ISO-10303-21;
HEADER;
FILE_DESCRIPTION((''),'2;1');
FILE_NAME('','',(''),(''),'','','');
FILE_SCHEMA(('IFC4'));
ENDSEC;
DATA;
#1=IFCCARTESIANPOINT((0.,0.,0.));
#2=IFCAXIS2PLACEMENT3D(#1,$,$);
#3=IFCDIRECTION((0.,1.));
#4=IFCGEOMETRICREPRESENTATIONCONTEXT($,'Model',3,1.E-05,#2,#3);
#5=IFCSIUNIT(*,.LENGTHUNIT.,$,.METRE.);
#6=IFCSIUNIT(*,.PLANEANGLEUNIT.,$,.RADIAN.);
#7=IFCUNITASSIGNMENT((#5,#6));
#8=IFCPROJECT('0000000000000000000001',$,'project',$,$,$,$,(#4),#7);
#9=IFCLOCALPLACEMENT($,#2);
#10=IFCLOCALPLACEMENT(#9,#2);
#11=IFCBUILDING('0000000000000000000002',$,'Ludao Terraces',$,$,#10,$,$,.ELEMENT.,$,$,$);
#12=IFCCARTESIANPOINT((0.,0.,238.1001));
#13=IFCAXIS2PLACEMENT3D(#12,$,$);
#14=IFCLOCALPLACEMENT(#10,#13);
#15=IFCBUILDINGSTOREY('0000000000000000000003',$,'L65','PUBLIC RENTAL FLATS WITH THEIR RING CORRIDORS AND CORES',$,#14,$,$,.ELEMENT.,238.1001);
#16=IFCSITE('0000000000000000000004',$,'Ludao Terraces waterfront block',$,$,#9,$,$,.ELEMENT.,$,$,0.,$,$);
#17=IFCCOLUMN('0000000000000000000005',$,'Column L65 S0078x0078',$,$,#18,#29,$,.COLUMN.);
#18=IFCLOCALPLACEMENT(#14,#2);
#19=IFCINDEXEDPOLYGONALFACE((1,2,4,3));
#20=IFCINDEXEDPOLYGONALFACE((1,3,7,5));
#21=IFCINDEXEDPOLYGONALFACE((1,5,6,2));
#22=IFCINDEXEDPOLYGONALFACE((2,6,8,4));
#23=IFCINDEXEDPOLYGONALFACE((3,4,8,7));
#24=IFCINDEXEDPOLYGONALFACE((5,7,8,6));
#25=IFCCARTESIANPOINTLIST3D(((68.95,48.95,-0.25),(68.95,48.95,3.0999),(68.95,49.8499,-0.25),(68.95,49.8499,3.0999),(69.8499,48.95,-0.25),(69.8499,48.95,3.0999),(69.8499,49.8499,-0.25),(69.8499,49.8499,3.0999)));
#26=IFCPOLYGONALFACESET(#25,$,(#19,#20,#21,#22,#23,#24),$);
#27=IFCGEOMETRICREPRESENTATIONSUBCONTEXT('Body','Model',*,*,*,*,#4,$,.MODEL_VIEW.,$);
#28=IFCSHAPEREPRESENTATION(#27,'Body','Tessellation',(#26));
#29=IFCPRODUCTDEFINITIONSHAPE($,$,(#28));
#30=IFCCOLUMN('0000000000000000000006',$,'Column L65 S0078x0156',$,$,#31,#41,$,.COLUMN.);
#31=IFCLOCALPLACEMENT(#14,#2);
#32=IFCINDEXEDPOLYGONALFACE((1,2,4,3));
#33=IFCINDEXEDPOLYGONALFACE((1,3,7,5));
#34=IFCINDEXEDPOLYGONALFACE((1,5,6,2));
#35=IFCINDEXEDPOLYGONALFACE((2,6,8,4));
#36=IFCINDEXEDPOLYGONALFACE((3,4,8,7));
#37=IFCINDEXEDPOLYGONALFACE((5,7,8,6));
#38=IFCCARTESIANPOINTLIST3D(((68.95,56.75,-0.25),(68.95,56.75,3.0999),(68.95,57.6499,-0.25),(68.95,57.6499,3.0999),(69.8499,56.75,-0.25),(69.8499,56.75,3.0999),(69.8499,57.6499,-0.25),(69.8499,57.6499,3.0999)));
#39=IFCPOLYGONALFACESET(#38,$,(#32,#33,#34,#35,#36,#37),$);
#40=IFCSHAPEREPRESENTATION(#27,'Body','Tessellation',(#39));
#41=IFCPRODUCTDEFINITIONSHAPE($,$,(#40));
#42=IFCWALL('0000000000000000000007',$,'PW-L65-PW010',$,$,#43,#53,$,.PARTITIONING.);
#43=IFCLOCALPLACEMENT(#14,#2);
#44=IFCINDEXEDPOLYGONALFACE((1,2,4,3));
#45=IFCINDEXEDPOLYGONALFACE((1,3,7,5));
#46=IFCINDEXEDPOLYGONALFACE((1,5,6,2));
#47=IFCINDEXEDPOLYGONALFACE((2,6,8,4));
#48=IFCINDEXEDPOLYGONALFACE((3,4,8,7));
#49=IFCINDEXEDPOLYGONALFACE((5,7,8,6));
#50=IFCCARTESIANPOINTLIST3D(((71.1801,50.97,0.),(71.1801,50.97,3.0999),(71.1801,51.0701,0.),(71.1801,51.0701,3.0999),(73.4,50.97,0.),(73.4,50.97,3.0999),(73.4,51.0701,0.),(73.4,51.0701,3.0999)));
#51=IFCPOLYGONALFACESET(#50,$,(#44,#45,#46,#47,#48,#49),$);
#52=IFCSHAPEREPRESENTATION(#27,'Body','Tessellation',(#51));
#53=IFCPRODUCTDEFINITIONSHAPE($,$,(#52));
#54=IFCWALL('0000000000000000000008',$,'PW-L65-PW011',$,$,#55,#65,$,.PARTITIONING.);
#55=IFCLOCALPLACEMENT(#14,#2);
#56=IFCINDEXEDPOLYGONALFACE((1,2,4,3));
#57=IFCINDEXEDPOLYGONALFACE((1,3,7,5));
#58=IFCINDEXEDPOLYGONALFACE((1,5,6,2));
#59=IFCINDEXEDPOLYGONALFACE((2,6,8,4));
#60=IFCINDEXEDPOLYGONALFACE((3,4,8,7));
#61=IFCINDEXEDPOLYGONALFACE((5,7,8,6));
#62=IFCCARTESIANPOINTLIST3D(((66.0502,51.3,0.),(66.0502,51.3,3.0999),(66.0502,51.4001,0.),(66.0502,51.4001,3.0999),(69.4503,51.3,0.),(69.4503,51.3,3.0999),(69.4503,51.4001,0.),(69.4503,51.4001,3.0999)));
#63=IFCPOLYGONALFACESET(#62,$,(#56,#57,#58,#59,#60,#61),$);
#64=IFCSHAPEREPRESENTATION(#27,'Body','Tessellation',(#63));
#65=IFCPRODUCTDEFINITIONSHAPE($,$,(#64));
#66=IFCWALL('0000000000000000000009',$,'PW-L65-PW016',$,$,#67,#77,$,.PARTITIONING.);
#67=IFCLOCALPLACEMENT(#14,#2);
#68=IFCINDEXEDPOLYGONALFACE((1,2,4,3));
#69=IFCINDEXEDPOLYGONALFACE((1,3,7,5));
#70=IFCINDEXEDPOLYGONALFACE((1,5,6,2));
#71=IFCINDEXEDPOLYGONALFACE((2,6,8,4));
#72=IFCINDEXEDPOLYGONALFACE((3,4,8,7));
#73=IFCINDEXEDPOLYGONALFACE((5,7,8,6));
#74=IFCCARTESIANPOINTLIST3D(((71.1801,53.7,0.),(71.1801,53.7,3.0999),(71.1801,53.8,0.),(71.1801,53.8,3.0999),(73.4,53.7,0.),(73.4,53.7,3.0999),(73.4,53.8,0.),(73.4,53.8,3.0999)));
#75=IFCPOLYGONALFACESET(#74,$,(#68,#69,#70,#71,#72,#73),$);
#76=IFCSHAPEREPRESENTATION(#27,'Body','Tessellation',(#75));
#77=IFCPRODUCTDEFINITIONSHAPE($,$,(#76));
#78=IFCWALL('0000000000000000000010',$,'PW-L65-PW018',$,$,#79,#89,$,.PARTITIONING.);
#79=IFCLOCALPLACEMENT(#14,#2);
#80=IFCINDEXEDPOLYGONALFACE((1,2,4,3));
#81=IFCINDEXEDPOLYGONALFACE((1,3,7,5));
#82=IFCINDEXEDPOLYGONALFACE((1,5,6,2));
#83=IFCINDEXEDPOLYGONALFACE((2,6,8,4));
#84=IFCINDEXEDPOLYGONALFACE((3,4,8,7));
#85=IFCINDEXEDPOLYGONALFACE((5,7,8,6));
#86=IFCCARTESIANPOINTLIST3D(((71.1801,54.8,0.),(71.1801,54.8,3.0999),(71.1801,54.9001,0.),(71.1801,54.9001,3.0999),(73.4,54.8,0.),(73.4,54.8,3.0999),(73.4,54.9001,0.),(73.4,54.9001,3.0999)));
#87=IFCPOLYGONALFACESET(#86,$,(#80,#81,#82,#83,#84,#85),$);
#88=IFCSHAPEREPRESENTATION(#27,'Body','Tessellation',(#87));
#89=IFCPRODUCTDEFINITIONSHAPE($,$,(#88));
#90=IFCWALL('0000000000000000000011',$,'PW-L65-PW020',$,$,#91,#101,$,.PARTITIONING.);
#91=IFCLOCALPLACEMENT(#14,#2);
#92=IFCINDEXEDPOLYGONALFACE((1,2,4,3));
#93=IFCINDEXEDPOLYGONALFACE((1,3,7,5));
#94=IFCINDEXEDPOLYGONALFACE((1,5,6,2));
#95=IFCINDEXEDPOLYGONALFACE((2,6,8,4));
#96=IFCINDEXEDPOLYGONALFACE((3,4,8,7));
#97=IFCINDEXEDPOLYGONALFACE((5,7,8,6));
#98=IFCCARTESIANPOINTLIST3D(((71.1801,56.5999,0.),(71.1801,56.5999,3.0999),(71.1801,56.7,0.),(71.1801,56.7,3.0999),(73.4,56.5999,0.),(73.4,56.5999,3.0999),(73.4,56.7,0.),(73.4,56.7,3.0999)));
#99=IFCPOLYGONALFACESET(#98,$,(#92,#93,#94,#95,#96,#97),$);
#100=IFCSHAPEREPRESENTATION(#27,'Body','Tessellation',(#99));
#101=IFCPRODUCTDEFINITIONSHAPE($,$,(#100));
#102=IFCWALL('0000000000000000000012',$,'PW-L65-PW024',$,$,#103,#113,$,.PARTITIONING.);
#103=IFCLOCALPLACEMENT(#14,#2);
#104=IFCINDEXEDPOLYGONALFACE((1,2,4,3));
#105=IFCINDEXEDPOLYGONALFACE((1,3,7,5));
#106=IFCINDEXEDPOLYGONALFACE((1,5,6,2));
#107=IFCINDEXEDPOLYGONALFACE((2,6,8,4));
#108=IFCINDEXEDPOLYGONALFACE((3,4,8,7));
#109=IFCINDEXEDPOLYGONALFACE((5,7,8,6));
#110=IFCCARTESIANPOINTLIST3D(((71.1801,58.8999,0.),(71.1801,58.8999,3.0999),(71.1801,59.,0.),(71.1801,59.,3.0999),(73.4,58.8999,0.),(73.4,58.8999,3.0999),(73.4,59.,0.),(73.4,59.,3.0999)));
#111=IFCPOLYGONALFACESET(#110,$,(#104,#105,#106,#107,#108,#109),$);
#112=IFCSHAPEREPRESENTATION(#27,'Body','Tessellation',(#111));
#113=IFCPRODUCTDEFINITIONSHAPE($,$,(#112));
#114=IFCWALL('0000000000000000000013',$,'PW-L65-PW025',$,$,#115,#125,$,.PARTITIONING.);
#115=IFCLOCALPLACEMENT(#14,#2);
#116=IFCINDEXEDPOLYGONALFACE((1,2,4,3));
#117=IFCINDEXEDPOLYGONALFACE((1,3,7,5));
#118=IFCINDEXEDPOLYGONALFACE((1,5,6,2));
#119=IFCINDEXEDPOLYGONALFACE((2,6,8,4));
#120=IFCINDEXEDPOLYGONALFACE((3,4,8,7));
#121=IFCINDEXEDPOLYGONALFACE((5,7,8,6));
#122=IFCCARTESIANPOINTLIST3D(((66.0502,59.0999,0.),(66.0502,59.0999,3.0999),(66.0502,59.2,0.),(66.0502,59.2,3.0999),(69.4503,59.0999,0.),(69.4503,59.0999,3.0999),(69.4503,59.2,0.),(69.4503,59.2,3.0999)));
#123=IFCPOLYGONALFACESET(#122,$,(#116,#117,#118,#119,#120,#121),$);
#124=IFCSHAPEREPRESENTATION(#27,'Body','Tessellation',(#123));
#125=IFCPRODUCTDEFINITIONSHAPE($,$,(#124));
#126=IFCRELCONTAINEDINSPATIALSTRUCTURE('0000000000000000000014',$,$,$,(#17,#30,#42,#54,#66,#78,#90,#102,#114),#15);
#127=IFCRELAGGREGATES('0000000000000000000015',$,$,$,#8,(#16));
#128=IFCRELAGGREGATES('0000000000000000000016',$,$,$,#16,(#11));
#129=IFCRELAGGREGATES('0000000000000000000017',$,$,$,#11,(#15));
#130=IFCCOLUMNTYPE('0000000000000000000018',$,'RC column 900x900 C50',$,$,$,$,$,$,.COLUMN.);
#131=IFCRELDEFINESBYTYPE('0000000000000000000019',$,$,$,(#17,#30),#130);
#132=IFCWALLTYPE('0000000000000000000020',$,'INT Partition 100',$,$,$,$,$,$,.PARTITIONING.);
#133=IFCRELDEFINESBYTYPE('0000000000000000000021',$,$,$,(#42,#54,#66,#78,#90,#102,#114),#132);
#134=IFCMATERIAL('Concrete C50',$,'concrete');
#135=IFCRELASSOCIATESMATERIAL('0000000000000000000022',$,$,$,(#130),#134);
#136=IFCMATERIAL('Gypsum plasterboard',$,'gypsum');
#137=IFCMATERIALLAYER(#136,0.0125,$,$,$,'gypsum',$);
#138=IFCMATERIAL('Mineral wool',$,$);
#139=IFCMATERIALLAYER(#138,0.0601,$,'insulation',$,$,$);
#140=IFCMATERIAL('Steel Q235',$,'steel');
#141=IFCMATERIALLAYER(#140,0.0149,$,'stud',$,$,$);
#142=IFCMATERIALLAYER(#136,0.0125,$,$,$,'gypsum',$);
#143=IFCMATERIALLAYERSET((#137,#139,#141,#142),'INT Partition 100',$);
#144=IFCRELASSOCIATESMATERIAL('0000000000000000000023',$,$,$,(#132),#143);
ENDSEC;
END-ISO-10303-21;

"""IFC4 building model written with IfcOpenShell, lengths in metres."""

from ifc_helpers import new_model, si_unit, direction, frame, frame_2d, origin, origin_2d, place, context, subcontext, project, spatial, rectangle, extrude, material, layer, layer_set, material_profile, profile_set, type_object, element, save


model = new_model("IFC4")

# Units and contexts
model_context = context("Model", 3, precision=1e-05, world=origin(), true_north=direction((0.0, 1.0)))
body_context = subcontext(model_context, "Body", "Model", "MODEL_VIEW")
ifc_project = project(units=[si_unit("LENGTHUNIT", "METRE"), si_unit("PLANEANGLEUNIT", "RADIAN")], contexts=[model_context])

# Site, building, storey
site_placement = place(None, origin())
site = spatial("IfcSite", under=ifc_project, at=site_placement, Name="Ludao Terraces waterfront block", CompositionType="ELEMENT", RefElevation=0.0)
building_placement = place(site_placement, origin())
building = spatial("IfcBuilding", under=site, at=building_placement, Name="Ludao Terraces", CompositionType="ELEMENT")
storey_placement = place(building_placement, frame((0.0, 0.0, 238.1001)))
storey = spatial("IfcBuildingStorey", under=building, at=storey_placement, Name="L65", Description="PUBLIC RENTAL FLATS WITH THEIR RING CORRIDORS AND CORES", CompositionType="ELEMENT", Elevation=238.1001)

# Columns
ifc_material_1 = material(Name="Concrete C50", Category="concrete")
ifc_material_profile = material_profile(ifc_material_1, rectangle(XDim=0.8999, YDim=0.8999, at=origin_2d()), Name="900 X 900")
ifc_profile_set = profile_set([ifc_material_profile], Name="Concrete C50")
column_type = type_object("IfcColumnType", Name="RC column 900x900 C50", PredefinedType="COLUMN", material=ifc_profile_set)
for number, where, z_axis, x_axis, name in (
    (1, (69.3999, 49.3999, -0.25), (0.0, 0.0, 1.0), (1.0, 0.0, 0.0), "Column L65 S0078x0078"),
    (2, (69.3999, 57.2, -0.25), (0.0, 0.0, 1.0), (1.0, 0.0, 0.0), "Column L65 S0078x0156"),
):
    element("IfcColumn", number, at=place(storey_placement, frame(where, z_axis=z_axis, x_axis=x_axis)), inside=storey, type_object=column_type, Name=name, PredefinedType="COLUMN", context=body_context, shape_type="SweptSolid", body=[
        extrude(rectangle(XDim=0.8999, YDim=0.8999, at=origin_2d()), origin(), (0.0, 0.0, 1.0), 3.3499),
    ])

# Walls
ifc_material_2 = material(Name="Gypsum plasterboard", Category="gypsum")
ifc_layer_1 = layer(ifc_material_2, 0.0125, Category="gypsum")
ifc_material_3 = material(Name="Mineral wool")
ifc_layer_2 = layer(ifc_material_3, 0.0601, Name="insulation")
ifc_material_4 = material(Name="Steel Q235", Category="steel")
ifc_layer_3 = layer(ifc_material_4, 0.0149, Name="stud")
ifc_layer_4 = layer(ifc_material_2, 0.0125, Category="gypsum")
ifc_layer_set = layer_set([ifc_layer_1, ifc_layer_2, ifc_layer_3, ifc_layer_4], Name="INT Partition 100")
wall_type = type_object("IfcWallType", Name="INT Partition 100", PredefinedType="PARTITIONING", material=ifc_layer_set)
wall_1_placement = place(storey_placement, frame((71.1802, 51.02, 0.0), z_axis=(0.0, 0.0, 1.0), x_axis=(1.0, 0.0, 0.0)))
element("IfcWall", 3, at=wall_1_placement, inside=storey, type_object=wall_type, Name="PW-L65-PW010", PredefinedType="PARTITIONING", context=body_context, shape_type="SweptSolid", body=[
    extrude(rectangle(XDim=2.22, YDim=0.1001, at=frame_2d((1.1099, 0.0))), origin(), (0.0, 0.0, 1.0), 3.0999),
])
wall_2_placement = place(storey_placement, frame((66.05, 51.3501, 0.0), z_axis=(0.0, 0.0, 1.0), x_axis=(1.0, 0.0, 0.0)))
element("IfcWall", 4, at=wall_2_placement, inside=storey, type_object=wall_type, Name="PW-L65-PW011", PredefinedType="PARTITIONING", context=body_context, shape_type="SweptSolid", body=[
    extrude(rectangle(XDim=3.4001, YDim=0.1001, at=frame_2d((1.7002, 0.0))), origin(), (0.0, 0.0, 1.0), 3.0999),
])
for number, where, z_axis, x_axis, name in (
    (5, (71.1802, 53.75, 0.0), (0.0, 0.0, 1.0), (1.0, 0.0, 0.0), "PW-L65-PW016"),
    (6, (71.1802, 54.8501, 0.0), (0.0, 0.0, 1.0), (1.0, 0.0, 0.0), "PW-L65-PW018"),
    (7, (71.1802, 56.6499, 0.0), (0.0, 0.0, 1.0), (1.0, 0.0, 0.0), "PW-L65-PW020"),
    (8, (71.1802, 58.95, 0.0), (0.0, 0.0, 1.0), (1.0, 0.0, 0.0), "PW-L65-PW024"),
):
    element("IfcWall", number, at=place(storey_placement, frame(where, z_axis=z_axis, x_axis=x_axis)), inside=storey, type_object=wall_type, Name=name, PredefinedType="PARTITIONING", context=body_context, shape_type="SweptSolid", body=[
        extrude(rectangle(XDim=2.22, YDim=0.1001, at=frame_2d((1.1099, 0.0))), origin(), (0.0, 0.0, 1.0), 3.0999),
    ])
wall_3_placement = place(storey_placement, frame((66.05, 59.1499, 0.0), z_axis=(0.0, 0.0, 1.0), x_axis=(1.0, 0.0, 0.0)))
element("IfcWall", 9, at=wall_3_placement, inside=storey, type_object=wall_type, Name="PW-L65-PW025", PredefinedType="PARTITIONING", context=body_context, shape_type="SweptSolid", body=[
    extrude(rectangle(XDim=3.4001, YDim=0.1001, at=frame_2d((1.7002, 0.0))), origin(), (0.0, 0.0, 1.0), 3.0999),
])

save(model, "model.ifc")
